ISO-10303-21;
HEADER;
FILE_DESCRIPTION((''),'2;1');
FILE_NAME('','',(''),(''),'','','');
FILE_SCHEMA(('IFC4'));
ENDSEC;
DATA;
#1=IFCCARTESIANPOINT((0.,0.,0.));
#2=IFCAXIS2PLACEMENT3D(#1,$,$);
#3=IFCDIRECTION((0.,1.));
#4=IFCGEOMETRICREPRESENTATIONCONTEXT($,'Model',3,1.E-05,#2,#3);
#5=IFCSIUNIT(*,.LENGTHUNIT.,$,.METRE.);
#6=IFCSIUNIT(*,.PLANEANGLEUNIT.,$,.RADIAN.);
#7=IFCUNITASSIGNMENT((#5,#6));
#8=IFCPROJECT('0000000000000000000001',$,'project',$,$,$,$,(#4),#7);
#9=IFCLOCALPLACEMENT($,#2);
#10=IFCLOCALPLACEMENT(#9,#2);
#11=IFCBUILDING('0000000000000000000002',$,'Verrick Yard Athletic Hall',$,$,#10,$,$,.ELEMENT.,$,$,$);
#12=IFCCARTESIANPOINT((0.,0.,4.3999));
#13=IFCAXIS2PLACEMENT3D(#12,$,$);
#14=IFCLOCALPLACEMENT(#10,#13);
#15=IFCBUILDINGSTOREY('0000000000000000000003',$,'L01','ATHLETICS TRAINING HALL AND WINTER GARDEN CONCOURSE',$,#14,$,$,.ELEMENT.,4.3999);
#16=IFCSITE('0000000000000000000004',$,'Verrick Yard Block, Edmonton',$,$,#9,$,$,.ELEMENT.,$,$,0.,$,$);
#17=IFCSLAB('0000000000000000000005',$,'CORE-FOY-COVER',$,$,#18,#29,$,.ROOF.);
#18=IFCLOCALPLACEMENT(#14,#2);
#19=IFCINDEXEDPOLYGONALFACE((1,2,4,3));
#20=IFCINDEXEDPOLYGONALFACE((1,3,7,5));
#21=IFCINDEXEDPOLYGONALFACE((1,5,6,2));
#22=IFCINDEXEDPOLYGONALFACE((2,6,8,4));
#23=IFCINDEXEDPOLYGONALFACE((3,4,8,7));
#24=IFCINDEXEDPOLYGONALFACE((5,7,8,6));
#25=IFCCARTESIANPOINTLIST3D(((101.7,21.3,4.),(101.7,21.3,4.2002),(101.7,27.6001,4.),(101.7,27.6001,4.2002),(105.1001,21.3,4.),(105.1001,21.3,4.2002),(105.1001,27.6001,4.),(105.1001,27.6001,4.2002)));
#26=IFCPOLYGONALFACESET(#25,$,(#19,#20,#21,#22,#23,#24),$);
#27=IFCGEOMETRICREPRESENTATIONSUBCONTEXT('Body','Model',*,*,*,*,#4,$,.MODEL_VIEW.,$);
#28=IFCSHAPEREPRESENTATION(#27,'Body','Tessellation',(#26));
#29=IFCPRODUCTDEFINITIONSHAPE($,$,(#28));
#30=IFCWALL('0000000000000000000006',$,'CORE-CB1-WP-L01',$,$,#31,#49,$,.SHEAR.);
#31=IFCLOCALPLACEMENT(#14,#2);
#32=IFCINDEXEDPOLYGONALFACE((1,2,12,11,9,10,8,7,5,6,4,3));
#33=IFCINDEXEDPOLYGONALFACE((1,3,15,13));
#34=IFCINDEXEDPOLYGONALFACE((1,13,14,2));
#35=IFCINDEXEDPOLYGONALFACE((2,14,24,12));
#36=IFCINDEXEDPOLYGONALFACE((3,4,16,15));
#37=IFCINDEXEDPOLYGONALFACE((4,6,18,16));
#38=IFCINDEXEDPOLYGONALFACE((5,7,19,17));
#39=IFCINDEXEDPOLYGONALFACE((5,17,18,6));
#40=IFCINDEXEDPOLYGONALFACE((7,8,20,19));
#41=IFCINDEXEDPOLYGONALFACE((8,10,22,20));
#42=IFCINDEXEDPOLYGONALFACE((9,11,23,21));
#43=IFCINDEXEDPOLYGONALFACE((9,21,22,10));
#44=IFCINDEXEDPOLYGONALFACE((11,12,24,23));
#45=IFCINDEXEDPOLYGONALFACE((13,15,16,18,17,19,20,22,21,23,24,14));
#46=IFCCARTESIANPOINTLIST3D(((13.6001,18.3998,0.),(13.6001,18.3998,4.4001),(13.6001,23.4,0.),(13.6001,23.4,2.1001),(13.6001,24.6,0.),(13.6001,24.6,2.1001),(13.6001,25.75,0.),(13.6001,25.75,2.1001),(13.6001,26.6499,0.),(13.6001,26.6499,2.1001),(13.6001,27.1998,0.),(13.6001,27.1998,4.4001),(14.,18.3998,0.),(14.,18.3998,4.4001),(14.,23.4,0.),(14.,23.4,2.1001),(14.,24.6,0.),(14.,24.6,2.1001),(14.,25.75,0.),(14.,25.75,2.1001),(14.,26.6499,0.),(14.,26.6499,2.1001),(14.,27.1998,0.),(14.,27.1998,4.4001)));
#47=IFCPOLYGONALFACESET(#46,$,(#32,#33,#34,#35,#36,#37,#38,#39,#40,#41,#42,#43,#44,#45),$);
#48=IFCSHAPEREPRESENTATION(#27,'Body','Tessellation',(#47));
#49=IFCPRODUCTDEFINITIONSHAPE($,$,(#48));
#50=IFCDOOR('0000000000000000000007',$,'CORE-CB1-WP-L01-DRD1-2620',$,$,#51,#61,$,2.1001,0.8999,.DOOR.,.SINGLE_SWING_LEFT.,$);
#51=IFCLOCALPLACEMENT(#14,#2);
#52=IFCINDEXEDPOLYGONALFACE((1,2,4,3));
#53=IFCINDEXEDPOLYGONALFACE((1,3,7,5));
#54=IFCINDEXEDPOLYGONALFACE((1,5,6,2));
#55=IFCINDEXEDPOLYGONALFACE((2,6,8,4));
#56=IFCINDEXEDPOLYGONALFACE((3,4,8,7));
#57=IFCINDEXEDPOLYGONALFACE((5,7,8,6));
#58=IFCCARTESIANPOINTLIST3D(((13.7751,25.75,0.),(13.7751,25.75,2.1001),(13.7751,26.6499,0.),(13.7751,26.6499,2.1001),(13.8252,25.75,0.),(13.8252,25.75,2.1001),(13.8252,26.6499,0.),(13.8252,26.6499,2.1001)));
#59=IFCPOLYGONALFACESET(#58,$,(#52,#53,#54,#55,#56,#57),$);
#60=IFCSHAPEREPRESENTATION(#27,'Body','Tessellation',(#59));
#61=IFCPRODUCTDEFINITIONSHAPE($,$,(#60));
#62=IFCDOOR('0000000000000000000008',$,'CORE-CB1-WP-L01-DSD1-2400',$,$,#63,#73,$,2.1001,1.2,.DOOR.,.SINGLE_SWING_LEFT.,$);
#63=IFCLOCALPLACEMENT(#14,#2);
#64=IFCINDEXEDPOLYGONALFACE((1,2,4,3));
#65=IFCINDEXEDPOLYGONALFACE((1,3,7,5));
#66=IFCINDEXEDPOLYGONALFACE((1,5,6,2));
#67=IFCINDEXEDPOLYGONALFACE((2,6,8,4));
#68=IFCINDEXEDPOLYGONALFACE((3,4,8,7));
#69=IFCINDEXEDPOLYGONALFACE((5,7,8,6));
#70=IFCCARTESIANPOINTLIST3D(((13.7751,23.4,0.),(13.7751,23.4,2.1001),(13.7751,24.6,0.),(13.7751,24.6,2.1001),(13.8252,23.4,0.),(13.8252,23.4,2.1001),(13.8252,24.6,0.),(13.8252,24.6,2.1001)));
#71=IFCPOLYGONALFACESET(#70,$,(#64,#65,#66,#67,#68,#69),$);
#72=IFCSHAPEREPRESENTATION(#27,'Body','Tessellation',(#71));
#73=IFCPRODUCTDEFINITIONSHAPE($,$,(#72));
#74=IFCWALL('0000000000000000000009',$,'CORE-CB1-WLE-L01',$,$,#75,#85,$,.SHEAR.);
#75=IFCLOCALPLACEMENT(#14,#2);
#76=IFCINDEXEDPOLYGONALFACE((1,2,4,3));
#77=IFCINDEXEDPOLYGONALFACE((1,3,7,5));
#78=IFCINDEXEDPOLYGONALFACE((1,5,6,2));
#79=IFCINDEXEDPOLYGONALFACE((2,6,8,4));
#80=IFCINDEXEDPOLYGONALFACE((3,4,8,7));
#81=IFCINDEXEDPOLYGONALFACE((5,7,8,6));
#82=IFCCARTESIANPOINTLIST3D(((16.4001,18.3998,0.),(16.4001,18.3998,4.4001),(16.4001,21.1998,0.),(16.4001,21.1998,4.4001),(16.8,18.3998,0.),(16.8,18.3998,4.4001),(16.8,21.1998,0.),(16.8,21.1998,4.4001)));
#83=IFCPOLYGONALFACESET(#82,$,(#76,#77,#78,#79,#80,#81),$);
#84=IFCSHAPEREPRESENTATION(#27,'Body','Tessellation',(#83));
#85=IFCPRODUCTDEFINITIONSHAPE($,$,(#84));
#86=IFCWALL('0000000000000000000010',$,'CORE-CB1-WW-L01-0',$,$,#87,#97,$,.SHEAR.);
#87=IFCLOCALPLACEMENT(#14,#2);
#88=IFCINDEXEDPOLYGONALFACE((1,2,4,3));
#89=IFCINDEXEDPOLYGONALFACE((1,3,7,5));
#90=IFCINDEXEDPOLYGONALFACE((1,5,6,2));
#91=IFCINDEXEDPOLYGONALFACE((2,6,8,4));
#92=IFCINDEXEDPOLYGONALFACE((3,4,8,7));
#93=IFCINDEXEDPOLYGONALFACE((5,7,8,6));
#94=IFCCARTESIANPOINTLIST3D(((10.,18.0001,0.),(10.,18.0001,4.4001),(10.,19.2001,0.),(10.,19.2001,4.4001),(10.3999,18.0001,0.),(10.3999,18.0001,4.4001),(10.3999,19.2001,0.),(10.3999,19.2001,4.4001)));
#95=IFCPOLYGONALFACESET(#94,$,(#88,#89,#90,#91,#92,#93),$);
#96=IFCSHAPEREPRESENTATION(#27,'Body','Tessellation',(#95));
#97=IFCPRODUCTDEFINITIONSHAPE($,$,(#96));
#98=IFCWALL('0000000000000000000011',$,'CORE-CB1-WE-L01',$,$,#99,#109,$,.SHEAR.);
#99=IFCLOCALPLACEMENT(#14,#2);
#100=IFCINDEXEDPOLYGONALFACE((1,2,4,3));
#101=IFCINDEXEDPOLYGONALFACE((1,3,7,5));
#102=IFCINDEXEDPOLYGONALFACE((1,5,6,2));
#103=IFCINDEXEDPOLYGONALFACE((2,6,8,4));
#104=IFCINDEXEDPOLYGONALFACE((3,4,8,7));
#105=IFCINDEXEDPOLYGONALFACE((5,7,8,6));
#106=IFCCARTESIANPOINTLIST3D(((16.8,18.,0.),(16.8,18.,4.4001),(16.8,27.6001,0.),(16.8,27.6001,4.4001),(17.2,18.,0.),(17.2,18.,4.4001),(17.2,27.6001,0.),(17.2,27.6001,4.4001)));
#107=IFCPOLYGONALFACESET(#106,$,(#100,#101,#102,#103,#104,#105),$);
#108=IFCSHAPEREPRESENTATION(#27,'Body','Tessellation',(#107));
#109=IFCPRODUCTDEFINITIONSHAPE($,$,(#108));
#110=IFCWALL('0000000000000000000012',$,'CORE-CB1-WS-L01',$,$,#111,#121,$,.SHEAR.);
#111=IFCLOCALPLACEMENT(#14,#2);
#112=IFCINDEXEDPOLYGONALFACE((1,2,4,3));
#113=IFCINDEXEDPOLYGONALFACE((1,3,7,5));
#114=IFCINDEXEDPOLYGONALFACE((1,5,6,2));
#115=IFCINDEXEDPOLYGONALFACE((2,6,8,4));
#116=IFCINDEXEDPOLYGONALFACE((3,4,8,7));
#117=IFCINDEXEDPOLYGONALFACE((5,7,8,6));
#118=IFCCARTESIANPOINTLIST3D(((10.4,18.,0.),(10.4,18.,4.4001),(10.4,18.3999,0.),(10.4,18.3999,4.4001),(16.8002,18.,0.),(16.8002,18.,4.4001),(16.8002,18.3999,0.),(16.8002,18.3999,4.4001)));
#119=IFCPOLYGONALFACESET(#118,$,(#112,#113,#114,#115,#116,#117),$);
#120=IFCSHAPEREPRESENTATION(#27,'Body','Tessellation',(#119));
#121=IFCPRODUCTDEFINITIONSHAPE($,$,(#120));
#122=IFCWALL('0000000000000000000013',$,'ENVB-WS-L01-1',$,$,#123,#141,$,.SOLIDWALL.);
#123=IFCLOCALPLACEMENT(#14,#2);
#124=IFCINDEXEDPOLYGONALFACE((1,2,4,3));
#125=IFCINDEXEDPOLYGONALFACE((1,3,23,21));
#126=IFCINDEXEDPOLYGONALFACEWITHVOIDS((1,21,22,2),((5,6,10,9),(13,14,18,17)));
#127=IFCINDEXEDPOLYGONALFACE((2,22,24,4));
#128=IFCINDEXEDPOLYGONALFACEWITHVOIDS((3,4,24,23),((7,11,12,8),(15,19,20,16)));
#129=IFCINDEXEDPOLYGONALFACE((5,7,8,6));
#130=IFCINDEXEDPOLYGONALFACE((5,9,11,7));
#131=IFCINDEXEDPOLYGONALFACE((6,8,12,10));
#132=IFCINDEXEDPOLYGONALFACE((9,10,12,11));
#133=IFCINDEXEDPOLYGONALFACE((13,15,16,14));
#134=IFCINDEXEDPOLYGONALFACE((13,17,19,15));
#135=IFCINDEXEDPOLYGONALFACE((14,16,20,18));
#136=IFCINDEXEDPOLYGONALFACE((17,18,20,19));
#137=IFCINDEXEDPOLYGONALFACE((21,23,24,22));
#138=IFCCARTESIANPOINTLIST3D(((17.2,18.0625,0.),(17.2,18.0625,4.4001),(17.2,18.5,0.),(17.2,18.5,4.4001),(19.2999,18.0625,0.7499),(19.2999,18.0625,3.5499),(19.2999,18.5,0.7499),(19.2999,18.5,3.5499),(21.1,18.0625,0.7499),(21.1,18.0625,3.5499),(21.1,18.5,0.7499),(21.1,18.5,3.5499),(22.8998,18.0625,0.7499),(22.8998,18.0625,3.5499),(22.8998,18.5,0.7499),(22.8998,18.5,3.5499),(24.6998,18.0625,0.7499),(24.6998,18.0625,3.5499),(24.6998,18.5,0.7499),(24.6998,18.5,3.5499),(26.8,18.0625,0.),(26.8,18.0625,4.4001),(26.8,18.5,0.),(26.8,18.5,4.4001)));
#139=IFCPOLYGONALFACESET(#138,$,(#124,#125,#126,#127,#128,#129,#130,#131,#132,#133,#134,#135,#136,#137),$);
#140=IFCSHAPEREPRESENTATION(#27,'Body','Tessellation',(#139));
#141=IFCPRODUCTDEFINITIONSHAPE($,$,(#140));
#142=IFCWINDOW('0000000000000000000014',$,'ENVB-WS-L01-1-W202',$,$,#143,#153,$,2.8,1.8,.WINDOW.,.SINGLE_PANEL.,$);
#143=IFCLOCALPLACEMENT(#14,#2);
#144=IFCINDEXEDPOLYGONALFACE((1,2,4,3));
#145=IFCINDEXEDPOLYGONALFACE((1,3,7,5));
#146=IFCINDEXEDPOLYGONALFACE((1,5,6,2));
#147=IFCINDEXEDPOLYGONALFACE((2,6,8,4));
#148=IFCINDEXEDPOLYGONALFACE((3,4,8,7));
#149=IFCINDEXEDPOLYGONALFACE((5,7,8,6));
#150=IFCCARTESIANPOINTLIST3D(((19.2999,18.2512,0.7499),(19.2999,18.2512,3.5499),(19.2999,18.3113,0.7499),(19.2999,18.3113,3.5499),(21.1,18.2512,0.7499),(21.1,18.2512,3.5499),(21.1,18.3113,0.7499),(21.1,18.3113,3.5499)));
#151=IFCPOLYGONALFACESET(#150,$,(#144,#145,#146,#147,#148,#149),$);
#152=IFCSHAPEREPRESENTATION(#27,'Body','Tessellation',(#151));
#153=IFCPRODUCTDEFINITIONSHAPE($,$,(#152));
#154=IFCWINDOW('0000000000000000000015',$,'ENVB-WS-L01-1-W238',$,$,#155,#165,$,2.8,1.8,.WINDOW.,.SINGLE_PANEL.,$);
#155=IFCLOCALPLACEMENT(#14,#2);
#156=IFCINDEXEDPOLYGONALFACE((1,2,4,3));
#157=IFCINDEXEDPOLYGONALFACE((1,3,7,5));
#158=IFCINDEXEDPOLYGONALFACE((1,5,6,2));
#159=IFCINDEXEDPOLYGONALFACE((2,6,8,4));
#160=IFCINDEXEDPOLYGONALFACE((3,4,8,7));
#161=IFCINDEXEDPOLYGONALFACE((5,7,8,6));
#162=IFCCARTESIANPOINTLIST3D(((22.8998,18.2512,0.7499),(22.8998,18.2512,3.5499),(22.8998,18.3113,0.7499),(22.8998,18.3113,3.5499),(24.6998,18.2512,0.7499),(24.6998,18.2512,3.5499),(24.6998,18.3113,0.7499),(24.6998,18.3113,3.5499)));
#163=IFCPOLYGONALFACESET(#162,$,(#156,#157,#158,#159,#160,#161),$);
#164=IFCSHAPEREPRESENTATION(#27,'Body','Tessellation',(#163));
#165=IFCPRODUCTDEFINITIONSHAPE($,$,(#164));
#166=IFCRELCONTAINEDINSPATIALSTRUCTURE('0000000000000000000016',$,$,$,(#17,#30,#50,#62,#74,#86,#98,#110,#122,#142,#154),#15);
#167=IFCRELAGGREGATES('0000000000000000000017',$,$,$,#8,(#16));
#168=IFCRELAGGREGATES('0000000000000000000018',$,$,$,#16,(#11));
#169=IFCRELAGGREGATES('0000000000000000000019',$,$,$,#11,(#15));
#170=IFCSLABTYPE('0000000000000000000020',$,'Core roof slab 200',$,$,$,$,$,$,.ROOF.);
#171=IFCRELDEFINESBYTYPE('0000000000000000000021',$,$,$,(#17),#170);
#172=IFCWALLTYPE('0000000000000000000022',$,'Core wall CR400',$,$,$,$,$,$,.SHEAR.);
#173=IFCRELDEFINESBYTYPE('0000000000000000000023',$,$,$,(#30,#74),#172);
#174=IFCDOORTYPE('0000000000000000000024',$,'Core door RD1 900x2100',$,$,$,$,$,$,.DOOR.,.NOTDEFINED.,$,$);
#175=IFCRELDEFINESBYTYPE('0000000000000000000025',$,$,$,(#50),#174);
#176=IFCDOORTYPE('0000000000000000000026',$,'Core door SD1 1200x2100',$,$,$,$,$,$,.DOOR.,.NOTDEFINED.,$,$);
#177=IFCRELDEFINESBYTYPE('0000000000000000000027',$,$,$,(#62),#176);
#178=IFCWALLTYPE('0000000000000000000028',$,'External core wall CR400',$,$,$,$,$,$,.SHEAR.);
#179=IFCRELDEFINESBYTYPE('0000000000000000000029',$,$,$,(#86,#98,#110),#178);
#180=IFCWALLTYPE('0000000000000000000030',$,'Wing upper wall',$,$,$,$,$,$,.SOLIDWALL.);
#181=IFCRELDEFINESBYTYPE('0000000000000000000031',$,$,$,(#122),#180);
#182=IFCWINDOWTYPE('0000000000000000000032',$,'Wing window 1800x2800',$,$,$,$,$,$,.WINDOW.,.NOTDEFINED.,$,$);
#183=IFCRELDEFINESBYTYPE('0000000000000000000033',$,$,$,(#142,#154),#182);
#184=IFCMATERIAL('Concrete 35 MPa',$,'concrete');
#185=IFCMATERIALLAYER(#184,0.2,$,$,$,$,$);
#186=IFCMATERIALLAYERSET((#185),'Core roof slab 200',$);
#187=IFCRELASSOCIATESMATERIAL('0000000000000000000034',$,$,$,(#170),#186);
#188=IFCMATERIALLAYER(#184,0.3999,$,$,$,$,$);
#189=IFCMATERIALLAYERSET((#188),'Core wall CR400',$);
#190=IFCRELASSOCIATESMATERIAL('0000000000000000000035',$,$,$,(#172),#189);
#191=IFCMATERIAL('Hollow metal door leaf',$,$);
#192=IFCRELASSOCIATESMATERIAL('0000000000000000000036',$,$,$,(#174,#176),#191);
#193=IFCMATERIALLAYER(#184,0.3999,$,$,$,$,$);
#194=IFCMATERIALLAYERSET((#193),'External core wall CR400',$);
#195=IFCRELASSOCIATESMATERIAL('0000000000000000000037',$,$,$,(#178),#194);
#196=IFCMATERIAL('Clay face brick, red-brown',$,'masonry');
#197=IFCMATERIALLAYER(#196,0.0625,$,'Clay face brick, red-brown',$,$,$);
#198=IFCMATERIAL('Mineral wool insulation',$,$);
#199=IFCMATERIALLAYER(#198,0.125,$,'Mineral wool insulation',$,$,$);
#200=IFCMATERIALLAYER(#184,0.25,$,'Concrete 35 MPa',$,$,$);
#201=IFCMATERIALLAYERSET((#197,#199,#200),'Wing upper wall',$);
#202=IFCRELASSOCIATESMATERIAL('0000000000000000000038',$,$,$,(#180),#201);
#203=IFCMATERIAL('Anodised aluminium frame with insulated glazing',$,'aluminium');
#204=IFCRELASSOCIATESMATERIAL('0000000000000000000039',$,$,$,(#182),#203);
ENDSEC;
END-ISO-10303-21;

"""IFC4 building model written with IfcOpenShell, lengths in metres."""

from ifc_helpers import new_model, si_unit, direction, frame, frame_2d, origin, place, context, subcontext, project, spatial, polyline, rectangle, outline, extrude, material, layer, layer_set, type_object, element, fill, save


model = new_model("IFC4")

# Units and contexts
model_context = context("Model", 3, precision=1e-05, world=origin(), true_north=direction((0.0, 1.0)))
body_context = subcontext(model_context, "Body", "Model", "MODEL_VIEW")
ifc_project = project(units=[si_unit("LENGTHUNIT", "METRE"), si_unit("PLANEANGLEUNIT", "RADIAN")], contexts=[model_context])

# Site, building, storey
site_placement = place(None, origin())
site = spatial("IfcSite", under=ifc_project, at=site_placement, Name="Verrick Yard Block, Edmonton", CompositionType="ELEMENT", RefElevation=0.0)
building_placement = place(site_placement, origin())
building = spatial("IfcBuilding", under=site, at=building_placement, Name="Verrick Yard Athletic Hall", CompositionType="ELEMENT")
storey_placement = place(building_placement, frame((0.0, 0.0, 4.3999)))
storey = spatial("IfcBuildingStorey", under=building, at=storey_placement, Name="L01", Description="ATHLETICS TRAINING HALL AND WINTER GARDEN CONCOURSE", CompositionType="ELEMENT", Elevation=4.3999)

# Slab
ifc_material_1 = material(Name="Concrete 35 MPa", Category="concrete")
ifc_layer_1 = layer(ifc_material_1, 0.2)
ifc_layer_set_1 = layer_set([ifc_layer_1], Name="Core roof slab 200")
slab_type_1 = type_object("IfcSlabType", Name="Core roof slab 200", PredefinedType="ROOF", material=ifc_layer_set_1)
slab_1_placement = place(storey_placement, frame((0.0, 0.0, 4.0)))
element("IfcSlab", 1, at=slab_1_placement, inside=storey, type_object=slab_type_1, Name="CORE-FOY-COVER", PredefinedType="ROOF", context=body_context, shape_type="SweptSolid", body=[
    extrude(outline(polyline([(101.7, 21.3), (105.1001, 21.3), (105.1001, 27.6001), (101.7, 27.6001), (101.7, 21.3)])), origin(), (0.0, 0.0, 1.0), 0.2002),
])

# Wall, openings, doors
ifc_layer_2 = layer(ifc_material_1, 0.3999)
ifc_layer_set_2 = layer_set([ifc_layer_2], Name="Core wall CR400")
wall_type_1 = type_object("IfcWallType", Name="Core wall CR400", PredefinedType="SHEAR", material=ifc_layer_set_2)
wall_1_placement = place(storey_placement, frame((13.8, 18.3999, 0.0), z_axis=(0.0, 0.0, 1.0), x_axis=(0.0, 1.0, 0.0)))
wall_1 = element("IfcWall", 2, at=wall_1_placement, inside=storey, type_object=wall_type_1, Name="CORE-CB1-WP-L01", PredefinedType="SHEAR", context=body_context, shape_type="SweptSolid", body=[
    extrude(rectangle(XDim=8.8, YDim=0.3999, at=frame_2d((4.3999, 0.0))), origin(), (0.0, 0.0, 1.0), 4.4001),
])
opening_1_placement = place(wall_1_placement, frame((5.0, 0.0, 0.0)))
opening_1 = element("IfcOpeningElement", 3, at=opening_1_placement, cuts=wall_1, PredefinedType="OPENING", context=body_context, shape_type="SweptSolid", body=[
    extrude(rectangle(XDim=1.2, YDim=2.1001, at=frame_2d((0.6001, 1.05))), frame((0.0, 0.21, 0.0), z_axis=(0.0, -1.0, 0.0), x_axis=(1.0, 0.0, 0.0)), (0.0, 0.0, 1.0), 0.4199),
])
opening_2_placement = place(wall_1_placement, frame((7.3501, 0.0, 0.0)))
opening_2 = element("IfcOpeningElement", 4, at=opening_2_placement, cuts=wall_1, PredefinedType="OPENING", context=body_context, shape_type="SweptSolid", body=[
    extrude(rectangle(XDim=0.8999, YDim=2.1001, at=frame_2d((0.45, 1.05))), frame((0.0, 0.21, 0.0), z_axis=(0.0, -1.0, 0.0), x_axis=(1.0, 0.0, 0.0)), (0.0, 0.0, 1.0), 0.4199),
])
ifc_material_2 = material(Name="Hollow metal door leaf")
door_type_1 = type_object("IfcDoorType", Name="Core door RD1 900x2100", OperationType="NOTDEFINED", PredefinedType="DOOR", material=ifc_material_2)
door_1_placement = place(opening_2_placement, origin())
door_1 = element("IfcDoor", 5, at=door_1_placement, inside=storey, type_object=door_type_1, Name="CORE-CB1-WP-L01-DRD1-2620", OperationType="SINGLE_SWING_LEFT", OverallHeight=2.1001, OverallWidth=0.8999, PredefinedType="DOOR", context=body_context, shape_type="SweptSolid", body=[
    extrude(rectangle(XDim=0.8999, YDim=2.1001, at=frame_2d((0.45, 1.05))), frame((0.0, 0.0249, 0.0), z_axis=(0.0, -1.0, 0.0), x_axis=(1.0, 0.0, 0.0)), (0.0, 0.0, 1.0), 0.05),
])
fill(opening_2, door_1)
door_type_2 = type_object("IfcDoorType", Name="Core door SD1 1200x2100", OperationType="NOTDEFINED", PredefinedType="DOOR", material=ifc_material_2)
door_2_placement = place(opening_1_placement, origin())
door_2 = element("IfcDoor", 6, at=door_2_placement, inside=storey, type_object=door_type_2, Name="CORE-CB1-WP-L01-DSD1-2400", OperationType="SINGLE_SWING_LEFT", OverallHeight=2.1001, OverallWidth=1.2, PredefinedType="DOOR", context=body_context, shape_type="SweptSolid", body=[
    extrude(rectangle(XDim=1.2, YDim=2.1001, at=frame_2d((0.6001, 1.05))), frame((0.0, 0.0249, 0.0), z_axis=(0.0, -1.0, 0.0), x_axis=(1.0, 0.0, 0.0)), (0.0, 0.0, 1.0), 0.05),
])
fill(opening_1, door_2)

# Walls
wall_2_placement = place(storey_placement, frame((16.6001, 18.3999, 0.0), z_axis=(0.0, 0.0, 1.0), x_axis=(0.0, 1.0, 0.0)))
element("IfcWall", 7, at=wall_2_placement, inside=storey, type_object=wall_type_1, Name="CORE-CB1-WLE-L01", PredefinedType="SHEAR", context=body_context, shape_type="SweptSolid", body=[
    extrude(rectangle(XDim=2.8, YDim=0.3999, at=frame_2d((1.3999, 0.0))), origin(), (0.0, 0.0, 1.0), 4.4001),
])
ifc_layer_3 = layer(ifc_material_1, 0.3999)
ifc_layer_set_3 = layer_set([ifc_layer_3], Name="External core wall CR400")
wall_type_2 = type_object("IfcWallType", Name="External core wall CR400", PredefinedType="SHEAR", material=ifc_layer_set_3)
wall_3_placement = place(storey_placement, frame((10.2, 18.0, 0.0), z_axis=(0.0, 0.0, 1.0), x_axis=(0.0, 1.0, 0.0)))
element("IfcWall", 8, at=wall_3_placement, inside=storey, type_object=wall_type_2, Name="CORE-CB1-WW-L01-0", PredefinedType="SHEAR", context=body_context, shape_type="SweptSolid", body=[
    extrude(rectangle(XDim=1.2, YDim=0.3999, at=frame_2d((0.6001, 0.0))), origin(), (0.0, 0.0, 1.0), 4.4001),
])
wall_4_placement = place(storey_placement, frame((17.0, 18.0, 0.0), z_axis=(0.0, 0.0, 1.0), x_axis=(0.0, 1.0, 0.0)))
element("IfcWall", 9, at=wall_4_placement, inside=storey, type_object=wall_type_2, Name="CORE-CB1-WE-L01", PredefinedType="SHEAR", context=body_context, shape_type="SweptSolid", body=[
    extrude(rectangle(XDim=9.6001, YDim=0.3999, at=frame_2d((4.8, 0.0))), origin(), (0.0, 0.0, 1.0), 4.4001),
])
wall_5_placement = place(storey_placement, frame((10.3999, 18.2, 0.0), z_axis=(0.0, 0.0, 1.0), x_axis=(1.0, 0.0, 0.0)))
element("IfcWall", 10, at=wall_5_placement, inside=storey, type_object=wall_type_2, Name="CORE-CB1-WS-L01", PredefinedType="SHEAR", context=body_context, shape_type="SweptSolid", body=[
    extrude(rectangle(XDim=6.4001, YDim=0.3999, at=frame_2d((3.2002, 0.0))), origin(), (0.0, 0.0, 1.0), 4.4001),
])

# Wall, openings, windows
ifc_material_3 = material(Name="Clay face brick, red-brown", Category="masonry")
ifc_layer_4 = layer(ifc_material_3, 0.0625, Name="Clay face brick, red-brown")
ifc_material_4 = material(Name="Mineral wool insulation")
ifc_layer_5 = layer(ifc_material_4, 0.125, Name="Mineral wool insulation")
ifc_layer_6 = layer(ifc_material_1, 0.25, Name="Concrete 35 MPa")
ifc_layer_set_4 = layer_set([ifc_layer_4, ifc_layer_5, ifc_layer_6], Name="Wing upper wall")
wall_type_3 = type_object("IfcWallType", Name="Wing upper wall", PredefinedType="SOLIDWALL", material=ifc_layer_set_4)
wall_6_placement = place(storey_placement, frame((17.2, 18.2812, 0.0), z_axis=(0.0, 0.0, 1.0), x_axis=(1.0, 0.0, 0.0)))
wall_6 = element("IfcWall", 11, at=wall_6_placement, inside=storey, type_object=wall_type_3, Name="ENVB-WS-L01-1", PredefinedType="SOLIDWALL", context=body_context, shape_type="SweptSolid", body=[
    extrude(rectangle(XDim=9.6001, YDim=0.4375, at=frame_2d((4.8, 0.0))), origin(), (0.0, 0.0, 1.0), 4.4001),
])
opening_3_placement = place(wall_6_placement, frame((2.1001, 0.0, 0.75)))
opening_3 = element("IfcOpeningElement", 12, at=opening_3_placement, cuts=wall_6, PredefinedType="OPENING", context=body_context, shape_type="SweptSolid", body=[
    extrude(rectangle(XDim=1.8, YDim=2.8, at=frame_2d((0.8999, 1.3999))), frame((0.0, 0.2288, 0.0), z_axis=(0.0, -1.0, 0.0), x_axis=(1.0, 0.0, 0.0)), (0.0, 0.0, 1.0), 0.4575),
])
opening_4_placement = place(wall_6_placement, frame((5.7, 0.0, 0.75)))
opening_4 = element("IfcOpeningElement", 13, at=opening_4_placement, cuts=wall_6, PredefinedType="OPENING", context=body_context, shape_type="SweptSolid", body=[
    extrude(rectangle(XDim=1.8, YDim=2.8, at=frame_2d((0.8999, 1.3999))), frame((0.0, 0.2288, 0.0), z_axis=(0.0, -1.0, 0.0), x_axis=(1.0, 0.0, 0.0)), (0.0, 0.0, 1.0), 0.4575),
])
ifc_material_5 = material(Name="Anodised aluminium frame with insulated glazing", Category="aluminium")
window_type = type_object("IfcWindowType", Name="Wing window 1800x2800", PartitioningType="NOTDEFINED", PredefinedType="WINDOW", material=ifc_material_5)
window_1_placement = place(opening_3_placement, origin())
window_1 = element("IfcWindow", 14, at=window_1_placement, inside=storey, type_object=window_type, Name="ENVB-WS-L01-1-W202", OverallHeight=2.8, OverallWidth=1.8, PartitioningType="SINGLE_PANEL", PredefinedType="WINDOW", context=body_context, shape_type="SweptSolid", body=[
    extrude(rectangle(XDim=1.8, YDim=2.8, at=frame_2d((0.8999, 1.3999))), frame((0.0, 0.03, 0.0), z_axis=(0.0, -1.0, 0.0), x_axis=(1.0, 0.0, 0.0)), (0.0, 0.0, 1.0), 0.0601),
])
fill(opening_3, window_1)
window_2_placement = place(opening_4_placement, origin())
window_2 = element("IfcWindow", 15, at=window_2_placement, inside=storey, type_object=window_type, Name="ENVB-WS-L01-1-W238", OverallHeight=2.8, OverallWidth=1.8, PartitioningType="SINGLE_PANEL", PredefinedType="WINDOW", context=body_context, shape_type="SweptSolid", body=[
    extrude(rectangle(XDim=1.8, YDim=2.8, at=frame_2d((0.8999, 1.3999))), frame((0.0, 0.03, 0.0), z_axis=(0.0, -1.0, 0.0), x_axis=(1.0, 0.0, 0.0)), (0.0, 0.0, 1.0), 0.0601),
])
fill(opening_4, window_2)

save(model, "model.ifc")
